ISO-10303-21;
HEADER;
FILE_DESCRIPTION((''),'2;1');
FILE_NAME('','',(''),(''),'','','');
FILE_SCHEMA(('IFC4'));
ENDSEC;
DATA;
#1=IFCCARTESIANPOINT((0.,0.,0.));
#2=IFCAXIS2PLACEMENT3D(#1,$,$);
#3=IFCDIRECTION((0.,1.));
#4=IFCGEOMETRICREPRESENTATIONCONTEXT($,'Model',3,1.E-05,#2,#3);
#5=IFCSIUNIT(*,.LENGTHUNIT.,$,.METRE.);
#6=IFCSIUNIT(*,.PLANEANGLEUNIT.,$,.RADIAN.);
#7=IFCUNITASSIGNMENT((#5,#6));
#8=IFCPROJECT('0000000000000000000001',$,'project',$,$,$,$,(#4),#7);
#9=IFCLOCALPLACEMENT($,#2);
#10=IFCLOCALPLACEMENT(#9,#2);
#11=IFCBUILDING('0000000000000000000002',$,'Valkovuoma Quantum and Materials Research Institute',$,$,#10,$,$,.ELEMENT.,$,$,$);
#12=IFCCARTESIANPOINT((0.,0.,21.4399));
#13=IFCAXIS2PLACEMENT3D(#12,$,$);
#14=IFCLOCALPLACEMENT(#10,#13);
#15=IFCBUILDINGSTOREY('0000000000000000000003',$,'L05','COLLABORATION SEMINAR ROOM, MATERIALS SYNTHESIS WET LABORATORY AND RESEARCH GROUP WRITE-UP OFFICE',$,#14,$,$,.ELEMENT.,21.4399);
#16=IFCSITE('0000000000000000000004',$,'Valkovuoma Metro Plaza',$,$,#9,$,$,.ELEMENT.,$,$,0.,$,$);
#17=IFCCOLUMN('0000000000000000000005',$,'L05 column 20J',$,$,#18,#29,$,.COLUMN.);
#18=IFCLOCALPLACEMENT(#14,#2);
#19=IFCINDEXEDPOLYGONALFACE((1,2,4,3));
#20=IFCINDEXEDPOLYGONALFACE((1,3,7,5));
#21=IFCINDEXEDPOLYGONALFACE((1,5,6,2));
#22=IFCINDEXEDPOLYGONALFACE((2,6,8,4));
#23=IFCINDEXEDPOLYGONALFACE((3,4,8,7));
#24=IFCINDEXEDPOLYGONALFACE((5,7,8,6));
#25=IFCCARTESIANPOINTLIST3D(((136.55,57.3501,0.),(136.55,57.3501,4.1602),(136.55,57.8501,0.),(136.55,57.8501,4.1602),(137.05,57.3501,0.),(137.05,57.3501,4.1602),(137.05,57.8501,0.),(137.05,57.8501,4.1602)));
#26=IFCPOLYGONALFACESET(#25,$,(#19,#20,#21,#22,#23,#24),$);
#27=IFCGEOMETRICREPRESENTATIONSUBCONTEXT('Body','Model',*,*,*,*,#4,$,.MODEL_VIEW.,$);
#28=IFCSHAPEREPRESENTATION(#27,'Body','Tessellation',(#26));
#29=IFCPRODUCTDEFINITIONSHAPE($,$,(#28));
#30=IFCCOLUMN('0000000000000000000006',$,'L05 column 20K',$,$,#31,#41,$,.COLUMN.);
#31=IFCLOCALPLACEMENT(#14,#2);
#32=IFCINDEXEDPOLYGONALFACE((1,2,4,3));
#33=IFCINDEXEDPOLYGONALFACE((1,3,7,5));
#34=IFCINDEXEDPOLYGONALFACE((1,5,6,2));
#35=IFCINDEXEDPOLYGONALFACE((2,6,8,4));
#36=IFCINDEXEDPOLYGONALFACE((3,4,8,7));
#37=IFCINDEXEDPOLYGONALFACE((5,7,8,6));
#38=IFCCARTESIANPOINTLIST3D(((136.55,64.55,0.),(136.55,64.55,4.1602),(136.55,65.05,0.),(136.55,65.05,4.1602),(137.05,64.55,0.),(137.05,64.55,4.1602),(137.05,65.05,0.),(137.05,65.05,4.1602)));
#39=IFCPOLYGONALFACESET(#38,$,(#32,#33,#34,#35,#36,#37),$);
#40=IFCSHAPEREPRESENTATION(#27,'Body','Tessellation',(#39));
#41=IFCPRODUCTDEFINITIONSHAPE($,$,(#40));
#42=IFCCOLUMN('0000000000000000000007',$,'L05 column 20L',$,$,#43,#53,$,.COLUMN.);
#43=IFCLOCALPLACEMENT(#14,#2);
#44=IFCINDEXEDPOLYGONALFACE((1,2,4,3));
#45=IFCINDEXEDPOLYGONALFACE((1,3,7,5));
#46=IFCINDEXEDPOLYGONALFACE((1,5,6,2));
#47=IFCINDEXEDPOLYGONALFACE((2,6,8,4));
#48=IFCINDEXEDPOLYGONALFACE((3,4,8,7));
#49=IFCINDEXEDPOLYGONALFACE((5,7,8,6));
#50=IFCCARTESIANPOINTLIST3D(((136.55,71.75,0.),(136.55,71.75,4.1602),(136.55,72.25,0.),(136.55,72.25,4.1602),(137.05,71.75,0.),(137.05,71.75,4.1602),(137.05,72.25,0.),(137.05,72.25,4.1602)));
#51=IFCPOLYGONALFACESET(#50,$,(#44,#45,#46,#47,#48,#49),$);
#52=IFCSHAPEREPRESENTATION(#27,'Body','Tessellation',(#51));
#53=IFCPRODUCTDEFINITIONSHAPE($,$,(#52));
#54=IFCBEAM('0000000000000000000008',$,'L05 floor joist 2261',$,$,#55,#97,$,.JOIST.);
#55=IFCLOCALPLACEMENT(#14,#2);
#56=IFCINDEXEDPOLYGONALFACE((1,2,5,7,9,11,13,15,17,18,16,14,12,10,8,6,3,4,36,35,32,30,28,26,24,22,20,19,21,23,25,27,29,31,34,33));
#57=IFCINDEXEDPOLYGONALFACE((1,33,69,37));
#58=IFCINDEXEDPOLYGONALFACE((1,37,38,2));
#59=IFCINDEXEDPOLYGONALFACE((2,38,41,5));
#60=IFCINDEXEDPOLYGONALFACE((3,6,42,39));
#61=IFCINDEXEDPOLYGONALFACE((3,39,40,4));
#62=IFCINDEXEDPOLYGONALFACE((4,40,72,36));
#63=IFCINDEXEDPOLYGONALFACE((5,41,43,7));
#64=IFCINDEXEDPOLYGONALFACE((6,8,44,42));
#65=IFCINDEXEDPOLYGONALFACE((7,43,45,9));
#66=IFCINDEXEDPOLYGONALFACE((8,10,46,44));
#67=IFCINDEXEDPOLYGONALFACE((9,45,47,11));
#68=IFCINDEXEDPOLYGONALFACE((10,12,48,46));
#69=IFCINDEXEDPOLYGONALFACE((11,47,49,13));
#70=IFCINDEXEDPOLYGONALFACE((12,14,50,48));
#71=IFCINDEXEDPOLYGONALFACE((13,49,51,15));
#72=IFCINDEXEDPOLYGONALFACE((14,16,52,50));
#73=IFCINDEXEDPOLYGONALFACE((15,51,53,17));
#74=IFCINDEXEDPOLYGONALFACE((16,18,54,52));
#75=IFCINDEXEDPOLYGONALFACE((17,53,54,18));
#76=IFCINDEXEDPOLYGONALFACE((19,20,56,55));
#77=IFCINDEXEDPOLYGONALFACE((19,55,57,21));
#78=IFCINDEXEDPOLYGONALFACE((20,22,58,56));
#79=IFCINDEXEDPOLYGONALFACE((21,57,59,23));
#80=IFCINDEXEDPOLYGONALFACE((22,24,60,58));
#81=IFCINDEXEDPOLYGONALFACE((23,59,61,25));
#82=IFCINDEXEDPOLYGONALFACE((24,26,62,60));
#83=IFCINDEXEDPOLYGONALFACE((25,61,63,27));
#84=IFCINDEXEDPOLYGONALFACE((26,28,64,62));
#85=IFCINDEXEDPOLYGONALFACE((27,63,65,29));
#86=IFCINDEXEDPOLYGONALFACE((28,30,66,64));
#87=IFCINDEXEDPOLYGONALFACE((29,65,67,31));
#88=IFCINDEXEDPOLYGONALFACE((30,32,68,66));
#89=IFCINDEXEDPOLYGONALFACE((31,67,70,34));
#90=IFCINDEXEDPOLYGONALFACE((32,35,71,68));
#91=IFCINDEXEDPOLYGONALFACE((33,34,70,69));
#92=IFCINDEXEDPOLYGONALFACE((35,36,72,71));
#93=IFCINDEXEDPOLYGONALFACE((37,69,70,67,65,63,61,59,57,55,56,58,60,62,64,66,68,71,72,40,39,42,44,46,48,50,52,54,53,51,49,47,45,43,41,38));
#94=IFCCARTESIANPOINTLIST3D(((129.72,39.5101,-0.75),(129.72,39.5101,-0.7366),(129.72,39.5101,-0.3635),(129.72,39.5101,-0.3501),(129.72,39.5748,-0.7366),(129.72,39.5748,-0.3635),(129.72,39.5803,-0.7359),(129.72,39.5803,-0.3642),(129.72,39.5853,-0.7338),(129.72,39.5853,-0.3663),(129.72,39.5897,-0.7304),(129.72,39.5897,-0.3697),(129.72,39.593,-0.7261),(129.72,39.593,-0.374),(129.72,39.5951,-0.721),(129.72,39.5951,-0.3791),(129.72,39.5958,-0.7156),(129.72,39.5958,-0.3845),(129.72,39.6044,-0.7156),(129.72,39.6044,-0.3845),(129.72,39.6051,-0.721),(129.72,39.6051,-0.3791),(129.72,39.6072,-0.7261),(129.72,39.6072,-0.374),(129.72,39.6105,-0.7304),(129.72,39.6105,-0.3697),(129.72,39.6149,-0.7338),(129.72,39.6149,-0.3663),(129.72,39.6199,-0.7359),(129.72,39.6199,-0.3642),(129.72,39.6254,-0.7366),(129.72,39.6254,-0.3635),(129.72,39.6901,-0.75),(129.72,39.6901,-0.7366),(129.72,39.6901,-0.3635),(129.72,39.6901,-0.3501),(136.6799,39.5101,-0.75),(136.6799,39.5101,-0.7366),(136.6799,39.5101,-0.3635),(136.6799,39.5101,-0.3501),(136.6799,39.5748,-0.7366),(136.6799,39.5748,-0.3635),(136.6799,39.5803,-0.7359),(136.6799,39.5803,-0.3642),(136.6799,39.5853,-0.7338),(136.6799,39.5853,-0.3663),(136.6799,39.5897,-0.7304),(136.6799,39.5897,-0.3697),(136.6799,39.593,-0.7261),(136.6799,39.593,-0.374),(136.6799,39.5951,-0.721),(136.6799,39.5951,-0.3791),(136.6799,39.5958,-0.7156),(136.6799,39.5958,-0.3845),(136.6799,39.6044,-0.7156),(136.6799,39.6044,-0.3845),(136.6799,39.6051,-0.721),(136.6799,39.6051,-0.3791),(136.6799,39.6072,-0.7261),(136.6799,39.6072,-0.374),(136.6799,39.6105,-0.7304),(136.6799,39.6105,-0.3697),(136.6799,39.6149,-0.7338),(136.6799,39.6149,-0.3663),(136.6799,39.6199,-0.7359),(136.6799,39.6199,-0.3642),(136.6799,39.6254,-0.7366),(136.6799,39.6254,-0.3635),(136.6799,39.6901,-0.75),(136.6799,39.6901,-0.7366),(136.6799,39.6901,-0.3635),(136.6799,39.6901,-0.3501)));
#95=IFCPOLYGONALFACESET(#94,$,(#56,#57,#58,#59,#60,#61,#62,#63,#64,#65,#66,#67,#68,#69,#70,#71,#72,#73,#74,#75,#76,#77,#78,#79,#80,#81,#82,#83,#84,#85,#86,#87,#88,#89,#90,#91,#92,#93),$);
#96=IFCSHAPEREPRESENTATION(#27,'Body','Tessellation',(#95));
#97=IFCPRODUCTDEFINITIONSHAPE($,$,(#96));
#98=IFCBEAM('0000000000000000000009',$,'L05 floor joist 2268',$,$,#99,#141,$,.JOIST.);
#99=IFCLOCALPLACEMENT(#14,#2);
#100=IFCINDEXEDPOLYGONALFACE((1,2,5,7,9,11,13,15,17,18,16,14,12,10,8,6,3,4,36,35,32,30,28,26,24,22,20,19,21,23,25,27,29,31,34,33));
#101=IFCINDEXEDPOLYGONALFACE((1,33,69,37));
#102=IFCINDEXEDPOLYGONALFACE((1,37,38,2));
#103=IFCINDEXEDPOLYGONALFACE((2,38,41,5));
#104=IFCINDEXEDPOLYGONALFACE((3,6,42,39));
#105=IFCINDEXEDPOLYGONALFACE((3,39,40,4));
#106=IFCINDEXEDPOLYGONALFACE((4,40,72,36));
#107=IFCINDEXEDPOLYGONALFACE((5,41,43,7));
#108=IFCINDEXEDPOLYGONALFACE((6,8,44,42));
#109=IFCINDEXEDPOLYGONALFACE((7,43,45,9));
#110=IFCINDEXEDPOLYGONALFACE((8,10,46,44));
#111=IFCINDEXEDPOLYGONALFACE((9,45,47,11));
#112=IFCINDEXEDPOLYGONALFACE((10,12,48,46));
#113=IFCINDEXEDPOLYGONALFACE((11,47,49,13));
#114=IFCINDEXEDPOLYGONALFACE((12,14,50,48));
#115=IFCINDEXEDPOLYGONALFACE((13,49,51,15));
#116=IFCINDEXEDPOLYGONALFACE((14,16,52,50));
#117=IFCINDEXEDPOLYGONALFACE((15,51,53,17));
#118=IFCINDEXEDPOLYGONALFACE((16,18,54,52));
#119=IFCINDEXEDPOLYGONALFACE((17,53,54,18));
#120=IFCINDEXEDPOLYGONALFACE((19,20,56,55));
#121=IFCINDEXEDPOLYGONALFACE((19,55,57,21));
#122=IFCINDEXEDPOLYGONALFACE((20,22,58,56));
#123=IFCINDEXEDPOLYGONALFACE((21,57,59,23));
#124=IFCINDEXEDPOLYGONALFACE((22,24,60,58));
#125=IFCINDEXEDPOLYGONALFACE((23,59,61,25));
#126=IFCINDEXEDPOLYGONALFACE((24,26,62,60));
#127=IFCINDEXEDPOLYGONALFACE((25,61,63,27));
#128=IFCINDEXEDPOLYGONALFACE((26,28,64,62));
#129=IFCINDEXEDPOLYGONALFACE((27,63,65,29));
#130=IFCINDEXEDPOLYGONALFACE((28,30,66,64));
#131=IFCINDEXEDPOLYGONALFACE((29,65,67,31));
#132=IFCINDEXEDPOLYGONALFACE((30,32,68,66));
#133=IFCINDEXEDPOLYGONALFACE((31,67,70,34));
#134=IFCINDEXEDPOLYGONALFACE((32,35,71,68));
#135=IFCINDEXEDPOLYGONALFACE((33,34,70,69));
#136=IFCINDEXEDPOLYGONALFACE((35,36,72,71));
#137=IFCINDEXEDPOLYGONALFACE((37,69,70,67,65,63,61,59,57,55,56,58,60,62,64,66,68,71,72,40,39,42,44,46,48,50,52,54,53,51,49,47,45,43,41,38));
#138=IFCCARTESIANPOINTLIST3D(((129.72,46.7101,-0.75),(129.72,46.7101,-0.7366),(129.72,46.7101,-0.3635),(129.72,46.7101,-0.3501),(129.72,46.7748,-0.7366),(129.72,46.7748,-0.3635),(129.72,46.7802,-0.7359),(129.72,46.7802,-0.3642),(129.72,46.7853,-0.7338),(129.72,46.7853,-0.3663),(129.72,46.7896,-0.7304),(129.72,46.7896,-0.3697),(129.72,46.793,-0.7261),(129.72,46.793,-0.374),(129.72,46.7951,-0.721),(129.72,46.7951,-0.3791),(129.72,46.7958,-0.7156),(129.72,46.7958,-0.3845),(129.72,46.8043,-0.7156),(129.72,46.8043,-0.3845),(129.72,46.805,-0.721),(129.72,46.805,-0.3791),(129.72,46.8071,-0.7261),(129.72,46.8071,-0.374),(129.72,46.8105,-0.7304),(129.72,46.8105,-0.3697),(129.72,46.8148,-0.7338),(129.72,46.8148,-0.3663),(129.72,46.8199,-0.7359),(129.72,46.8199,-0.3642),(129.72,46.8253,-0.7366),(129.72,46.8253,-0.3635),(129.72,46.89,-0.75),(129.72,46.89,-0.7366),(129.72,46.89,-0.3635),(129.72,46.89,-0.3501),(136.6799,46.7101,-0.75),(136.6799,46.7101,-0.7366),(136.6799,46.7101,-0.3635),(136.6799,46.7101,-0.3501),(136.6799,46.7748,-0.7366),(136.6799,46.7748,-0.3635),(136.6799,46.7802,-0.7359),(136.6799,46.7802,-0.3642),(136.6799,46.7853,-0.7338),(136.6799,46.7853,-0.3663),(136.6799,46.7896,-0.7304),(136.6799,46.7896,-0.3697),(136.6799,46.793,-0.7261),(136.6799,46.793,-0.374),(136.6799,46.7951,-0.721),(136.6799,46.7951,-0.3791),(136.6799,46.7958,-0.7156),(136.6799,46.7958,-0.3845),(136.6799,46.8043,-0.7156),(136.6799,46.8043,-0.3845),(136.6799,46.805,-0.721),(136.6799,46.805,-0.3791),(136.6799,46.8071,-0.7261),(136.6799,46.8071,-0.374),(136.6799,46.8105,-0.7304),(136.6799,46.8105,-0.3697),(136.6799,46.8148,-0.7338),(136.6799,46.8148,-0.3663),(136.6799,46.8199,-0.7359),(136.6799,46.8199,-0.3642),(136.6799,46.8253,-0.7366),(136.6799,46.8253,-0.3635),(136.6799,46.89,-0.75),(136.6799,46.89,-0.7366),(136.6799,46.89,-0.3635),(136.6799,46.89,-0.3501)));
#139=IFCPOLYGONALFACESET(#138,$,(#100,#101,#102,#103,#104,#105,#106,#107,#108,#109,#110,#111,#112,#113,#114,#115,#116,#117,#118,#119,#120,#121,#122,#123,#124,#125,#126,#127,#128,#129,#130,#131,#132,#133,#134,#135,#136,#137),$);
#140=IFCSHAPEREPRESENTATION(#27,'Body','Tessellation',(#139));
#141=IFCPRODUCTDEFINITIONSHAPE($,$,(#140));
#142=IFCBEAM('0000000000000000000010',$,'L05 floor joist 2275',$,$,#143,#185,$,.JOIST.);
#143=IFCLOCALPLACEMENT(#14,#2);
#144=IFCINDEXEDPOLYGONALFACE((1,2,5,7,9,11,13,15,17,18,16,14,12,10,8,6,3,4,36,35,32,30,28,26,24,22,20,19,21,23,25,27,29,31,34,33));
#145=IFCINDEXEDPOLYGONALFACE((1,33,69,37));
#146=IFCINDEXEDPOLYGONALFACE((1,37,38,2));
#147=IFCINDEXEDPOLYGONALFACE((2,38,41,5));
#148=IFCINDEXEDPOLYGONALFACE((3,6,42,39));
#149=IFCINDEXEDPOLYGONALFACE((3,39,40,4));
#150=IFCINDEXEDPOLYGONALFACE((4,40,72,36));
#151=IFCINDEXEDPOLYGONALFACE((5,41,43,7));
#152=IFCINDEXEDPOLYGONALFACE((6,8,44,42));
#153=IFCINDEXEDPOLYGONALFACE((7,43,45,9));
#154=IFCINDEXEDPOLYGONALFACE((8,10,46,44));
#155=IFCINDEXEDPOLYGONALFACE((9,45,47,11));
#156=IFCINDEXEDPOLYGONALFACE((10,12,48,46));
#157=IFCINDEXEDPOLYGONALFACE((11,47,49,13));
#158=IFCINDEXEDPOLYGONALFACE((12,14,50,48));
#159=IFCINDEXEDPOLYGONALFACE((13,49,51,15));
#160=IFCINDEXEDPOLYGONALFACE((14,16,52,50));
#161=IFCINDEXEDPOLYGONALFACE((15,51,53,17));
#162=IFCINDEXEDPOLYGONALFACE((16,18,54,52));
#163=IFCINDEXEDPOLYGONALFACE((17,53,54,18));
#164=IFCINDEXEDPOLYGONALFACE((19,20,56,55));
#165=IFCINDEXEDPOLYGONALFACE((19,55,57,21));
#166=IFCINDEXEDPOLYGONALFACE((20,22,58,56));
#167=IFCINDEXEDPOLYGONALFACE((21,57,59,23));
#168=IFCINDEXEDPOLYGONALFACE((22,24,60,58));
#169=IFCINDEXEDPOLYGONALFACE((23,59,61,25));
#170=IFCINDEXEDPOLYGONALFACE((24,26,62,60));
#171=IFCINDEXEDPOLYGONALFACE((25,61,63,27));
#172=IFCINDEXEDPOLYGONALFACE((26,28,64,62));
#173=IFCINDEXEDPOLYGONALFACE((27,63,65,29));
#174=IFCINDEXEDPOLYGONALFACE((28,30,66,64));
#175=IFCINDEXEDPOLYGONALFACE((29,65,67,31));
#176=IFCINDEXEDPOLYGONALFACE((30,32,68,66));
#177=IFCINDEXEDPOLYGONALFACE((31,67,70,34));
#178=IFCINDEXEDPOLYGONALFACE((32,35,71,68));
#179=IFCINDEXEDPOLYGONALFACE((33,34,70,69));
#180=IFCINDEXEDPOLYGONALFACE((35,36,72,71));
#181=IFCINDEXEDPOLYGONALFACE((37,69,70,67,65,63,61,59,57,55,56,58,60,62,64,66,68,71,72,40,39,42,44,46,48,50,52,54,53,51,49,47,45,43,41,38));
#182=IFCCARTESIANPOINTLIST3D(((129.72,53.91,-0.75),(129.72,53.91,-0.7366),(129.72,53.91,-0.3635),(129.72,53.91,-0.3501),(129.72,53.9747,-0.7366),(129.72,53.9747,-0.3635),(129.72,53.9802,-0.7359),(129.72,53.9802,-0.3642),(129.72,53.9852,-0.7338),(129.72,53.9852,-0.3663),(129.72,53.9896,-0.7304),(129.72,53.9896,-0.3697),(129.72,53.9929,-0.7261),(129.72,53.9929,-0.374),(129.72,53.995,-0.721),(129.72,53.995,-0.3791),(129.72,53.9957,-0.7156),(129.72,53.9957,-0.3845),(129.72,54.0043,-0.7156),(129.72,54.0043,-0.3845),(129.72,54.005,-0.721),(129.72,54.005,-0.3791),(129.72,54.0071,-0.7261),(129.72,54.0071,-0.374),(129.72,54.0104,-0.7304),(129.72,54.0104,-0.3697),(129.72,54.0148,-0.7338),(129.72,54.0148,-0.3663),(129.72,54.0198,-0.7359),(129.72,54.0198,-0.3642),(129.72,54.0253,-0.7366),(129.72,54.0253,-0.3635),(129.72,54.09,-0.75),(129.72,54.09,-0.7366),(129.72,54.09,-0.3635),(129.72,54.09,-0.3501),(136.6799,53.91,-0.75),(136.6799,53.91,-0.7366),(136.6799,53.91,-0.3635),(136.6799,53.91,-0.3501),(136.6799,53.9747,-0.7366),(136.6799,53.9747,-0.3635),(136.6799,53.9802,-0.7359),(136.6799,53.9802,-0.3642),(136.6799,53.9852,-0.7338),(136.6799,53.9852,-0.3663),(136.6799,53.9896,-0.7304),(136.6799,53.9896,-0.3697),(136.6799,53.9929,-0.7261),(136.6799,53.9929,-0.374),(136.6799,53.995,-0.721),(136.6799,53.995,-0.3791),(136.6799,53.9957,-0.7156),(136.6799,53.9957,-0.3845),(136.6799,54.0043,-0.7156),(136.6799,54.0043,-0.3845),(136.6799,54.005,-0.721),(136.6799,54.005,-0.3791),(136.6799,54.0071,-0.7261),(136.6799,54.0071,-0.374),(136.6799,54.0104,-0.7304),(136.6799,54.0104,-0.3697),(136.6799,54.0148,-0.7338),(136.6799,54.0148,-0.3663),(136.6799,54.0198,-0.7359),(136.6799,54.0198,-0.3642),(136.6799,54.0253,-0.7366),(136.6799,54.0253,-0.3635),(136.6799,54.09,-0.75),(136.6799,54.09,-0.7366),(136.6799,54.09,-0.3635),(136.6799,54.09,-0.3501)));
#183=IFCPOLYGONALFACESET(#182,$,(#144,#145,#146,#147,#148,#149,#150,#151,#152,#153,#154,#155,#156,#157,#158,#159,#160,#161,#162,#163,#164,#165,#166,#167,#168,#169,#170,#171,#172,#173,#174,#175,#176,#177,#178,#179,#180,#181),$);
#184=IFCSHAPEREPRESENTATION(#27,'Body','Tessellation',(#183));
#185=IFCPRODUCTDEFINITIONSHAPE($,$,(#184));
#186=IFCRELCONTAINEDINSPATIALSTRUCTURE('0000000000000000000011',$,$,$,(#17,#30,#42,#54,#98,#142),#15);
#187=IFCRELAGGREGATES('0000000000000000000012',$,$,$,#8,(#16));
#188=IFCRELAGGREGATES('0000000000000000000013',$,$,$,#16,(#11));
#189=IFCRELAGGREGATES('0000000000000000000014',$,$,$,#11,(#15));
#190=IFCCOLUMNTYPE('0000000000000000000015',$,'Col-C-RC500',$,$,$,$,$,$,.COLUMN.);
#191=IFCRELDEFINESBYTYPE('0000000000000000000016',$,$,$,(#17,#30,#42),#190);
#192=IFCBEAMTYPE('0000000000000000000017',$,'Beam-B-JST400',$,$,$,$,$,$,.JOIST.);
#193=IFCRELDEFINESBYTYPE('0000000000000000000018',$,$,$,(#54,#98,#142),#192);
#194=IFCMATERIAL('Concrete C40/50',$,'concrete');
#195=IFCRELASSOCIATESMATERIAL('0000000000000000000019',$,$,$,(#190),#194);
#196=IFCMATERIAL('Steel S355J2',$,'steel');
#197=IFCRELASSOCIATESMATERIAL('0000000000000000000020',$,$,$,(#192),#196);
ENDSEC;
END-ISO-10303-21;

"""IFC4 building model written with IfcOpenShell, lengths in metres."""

from ifc_helpers import new_model, si_unit, direction, frame, origin, origin_2d, place, context, subcontext, project, spatial, rectangle, i_section, extrude, material, material_profile, profile_set, type_object, element, save


model = new_model("IFC4")

# Units and contexts
model_context = context("Model", 3, precision=1e-05, world=origin(), true_north=direction((0.0, 1.0)))
body_context = subcontext(model_context, "Body", "Model", "MODEL_VIEW")
ifc_project = project(units=[si_unit("LENGTHUNIT", "METRE"), si_unit("PLANEANGLEUNIT", "RADIAN")], contexts=[model_context])

# Site, building, storey
site_placement = place(None, origin())
site = spatial("IfcSite", under=ifc_project, at=site_placement, Name="Valkovuoma Metro Plaza", CompositionType="ELEMENT", RefElevation=0.0)
building_placement = place(site_placement, origin())
building = spatial("IfcBuilding", under=site, at=building_placement, Name="Valkovuoma Quantum and Materials Research Institute", CompositionType="ELEMENT")
storey_placement = place(building_placement, frame((0.0, 0.0, 21.4399)))
storey = spatial("IfcBuildingStorey", under=building, at=storey_placement, Name="L05", Description="COLLABORATION SEMINAR ROOM, MATERIALS SYNTHESIS WET LABORATORY AND RESEARCH GROUP WRITE-UP OFFICE", CompositionType="ELEMENT", Elevation=21.4399)

# Columns
ifc_material_1 = material(Name="Concrete C40/50", Category="concrete")
ifc_material_profile_1 = material_profile(ifc_material_1, rectangle(XDim=0.5, YDim=0.5, at=origin_2d()), Name="Concrete C40/50")
ifc_profile_set_1 = profile_set([ifc_material_profile_1], Name="Concrete C40/50")
column_type = type_object("IfcColumnType", Name="Col-C-RC500", PredefinedType="COLUMN", material=ifc_profile_set_1)
for number, where, z_axis, x_axis, name in (
    (1, (136.8, 57.6001, 0.0), (0.0, 0.0, 1.0), (1.0, 0.0, 0.0), "L05 column 20J"),
    (2, (136.8, 64.8, 0.0), (0.0, 0.0, 1.0), (1.0, 0.0, 0.0), "L05 column 20K"),
    (3, (136.8, 72.0, 0.0), (0.0, 0.0, 1.0), (1.0, 0.0, 0.0), "L05 column 20L"),
):
    element("IfcColumn", number, at=place(storey_placement, frame(where, z_axis=z_axis, x_axis=x_axis)), inside=storey, type_object=column_type, Name=name, PredefinedType="COLUMN", context=body_context, shape_type="SweptSolid", body=[
        extrude(rectangle(XDim=0.5, YDim=0.5, at=origin_2d()), origin(), (0.0, 0.0, 1.0), 4.1602),
    ])

# Beams
ifc_material_2 = material(Name="Steel S355J2", Category="steel")
ifc_material_profile_2 = material_profile(ifc_material_2, i_section(OverallWidth=0.1799, OverallDepth=0.3999, WebThickness=0.0085, FlangeThickness=0.0134, FilletRadius=0.021, at=origin_2d()), Name="Steel S355J2")
ifc_profile_set_2 = profile_set([ifc_material_profile_2], Name="Steel S355J2")
beam_type_1 = type_object("IfcBeamType", Name="Beam-B-JST400", PredefinedType="JOIST", material=ifc_profile_set_2)
for number, where, z_axis, x_axis, name in (
    (4, (129.72, 39.6001, -0.55), (1.0, 0.0, 0.0), (0.0, 1.0, 0.0), "L05 floor joist 2261"),
    (5, (129.72, 46.8, -0.55), (1.0, 0.0, 0.0), (0.0, 1.0, 0.0), "L05 floor joist 2268"),
    (6, (129.72, 54.0, -0.55), (1.0, 0.0, 0.0), (0.0, 1.0, 0.0), "L05 floor joist 2275"),
):
    element("IfcBeam", number, at=place(storey_placement, frame(where, z_axis=z_axis, x_axis=x_axis)), inside=storey, type_object=beam_type_1, Name=name, PredefinedType="JOIST", context=body_context, shape_type="SweptSolid", body=[
        extrude(i_section(OverallWidth=0.1799, OverallDepth=0.3999, WebThickness=0.0085, FlangeThickness=0.0134, FilletRadius=0.021, at=origin_2d()), origin(), (0.0, 0.0, 1.0), 6.96),
    ])

save(model, "model.ifc")
